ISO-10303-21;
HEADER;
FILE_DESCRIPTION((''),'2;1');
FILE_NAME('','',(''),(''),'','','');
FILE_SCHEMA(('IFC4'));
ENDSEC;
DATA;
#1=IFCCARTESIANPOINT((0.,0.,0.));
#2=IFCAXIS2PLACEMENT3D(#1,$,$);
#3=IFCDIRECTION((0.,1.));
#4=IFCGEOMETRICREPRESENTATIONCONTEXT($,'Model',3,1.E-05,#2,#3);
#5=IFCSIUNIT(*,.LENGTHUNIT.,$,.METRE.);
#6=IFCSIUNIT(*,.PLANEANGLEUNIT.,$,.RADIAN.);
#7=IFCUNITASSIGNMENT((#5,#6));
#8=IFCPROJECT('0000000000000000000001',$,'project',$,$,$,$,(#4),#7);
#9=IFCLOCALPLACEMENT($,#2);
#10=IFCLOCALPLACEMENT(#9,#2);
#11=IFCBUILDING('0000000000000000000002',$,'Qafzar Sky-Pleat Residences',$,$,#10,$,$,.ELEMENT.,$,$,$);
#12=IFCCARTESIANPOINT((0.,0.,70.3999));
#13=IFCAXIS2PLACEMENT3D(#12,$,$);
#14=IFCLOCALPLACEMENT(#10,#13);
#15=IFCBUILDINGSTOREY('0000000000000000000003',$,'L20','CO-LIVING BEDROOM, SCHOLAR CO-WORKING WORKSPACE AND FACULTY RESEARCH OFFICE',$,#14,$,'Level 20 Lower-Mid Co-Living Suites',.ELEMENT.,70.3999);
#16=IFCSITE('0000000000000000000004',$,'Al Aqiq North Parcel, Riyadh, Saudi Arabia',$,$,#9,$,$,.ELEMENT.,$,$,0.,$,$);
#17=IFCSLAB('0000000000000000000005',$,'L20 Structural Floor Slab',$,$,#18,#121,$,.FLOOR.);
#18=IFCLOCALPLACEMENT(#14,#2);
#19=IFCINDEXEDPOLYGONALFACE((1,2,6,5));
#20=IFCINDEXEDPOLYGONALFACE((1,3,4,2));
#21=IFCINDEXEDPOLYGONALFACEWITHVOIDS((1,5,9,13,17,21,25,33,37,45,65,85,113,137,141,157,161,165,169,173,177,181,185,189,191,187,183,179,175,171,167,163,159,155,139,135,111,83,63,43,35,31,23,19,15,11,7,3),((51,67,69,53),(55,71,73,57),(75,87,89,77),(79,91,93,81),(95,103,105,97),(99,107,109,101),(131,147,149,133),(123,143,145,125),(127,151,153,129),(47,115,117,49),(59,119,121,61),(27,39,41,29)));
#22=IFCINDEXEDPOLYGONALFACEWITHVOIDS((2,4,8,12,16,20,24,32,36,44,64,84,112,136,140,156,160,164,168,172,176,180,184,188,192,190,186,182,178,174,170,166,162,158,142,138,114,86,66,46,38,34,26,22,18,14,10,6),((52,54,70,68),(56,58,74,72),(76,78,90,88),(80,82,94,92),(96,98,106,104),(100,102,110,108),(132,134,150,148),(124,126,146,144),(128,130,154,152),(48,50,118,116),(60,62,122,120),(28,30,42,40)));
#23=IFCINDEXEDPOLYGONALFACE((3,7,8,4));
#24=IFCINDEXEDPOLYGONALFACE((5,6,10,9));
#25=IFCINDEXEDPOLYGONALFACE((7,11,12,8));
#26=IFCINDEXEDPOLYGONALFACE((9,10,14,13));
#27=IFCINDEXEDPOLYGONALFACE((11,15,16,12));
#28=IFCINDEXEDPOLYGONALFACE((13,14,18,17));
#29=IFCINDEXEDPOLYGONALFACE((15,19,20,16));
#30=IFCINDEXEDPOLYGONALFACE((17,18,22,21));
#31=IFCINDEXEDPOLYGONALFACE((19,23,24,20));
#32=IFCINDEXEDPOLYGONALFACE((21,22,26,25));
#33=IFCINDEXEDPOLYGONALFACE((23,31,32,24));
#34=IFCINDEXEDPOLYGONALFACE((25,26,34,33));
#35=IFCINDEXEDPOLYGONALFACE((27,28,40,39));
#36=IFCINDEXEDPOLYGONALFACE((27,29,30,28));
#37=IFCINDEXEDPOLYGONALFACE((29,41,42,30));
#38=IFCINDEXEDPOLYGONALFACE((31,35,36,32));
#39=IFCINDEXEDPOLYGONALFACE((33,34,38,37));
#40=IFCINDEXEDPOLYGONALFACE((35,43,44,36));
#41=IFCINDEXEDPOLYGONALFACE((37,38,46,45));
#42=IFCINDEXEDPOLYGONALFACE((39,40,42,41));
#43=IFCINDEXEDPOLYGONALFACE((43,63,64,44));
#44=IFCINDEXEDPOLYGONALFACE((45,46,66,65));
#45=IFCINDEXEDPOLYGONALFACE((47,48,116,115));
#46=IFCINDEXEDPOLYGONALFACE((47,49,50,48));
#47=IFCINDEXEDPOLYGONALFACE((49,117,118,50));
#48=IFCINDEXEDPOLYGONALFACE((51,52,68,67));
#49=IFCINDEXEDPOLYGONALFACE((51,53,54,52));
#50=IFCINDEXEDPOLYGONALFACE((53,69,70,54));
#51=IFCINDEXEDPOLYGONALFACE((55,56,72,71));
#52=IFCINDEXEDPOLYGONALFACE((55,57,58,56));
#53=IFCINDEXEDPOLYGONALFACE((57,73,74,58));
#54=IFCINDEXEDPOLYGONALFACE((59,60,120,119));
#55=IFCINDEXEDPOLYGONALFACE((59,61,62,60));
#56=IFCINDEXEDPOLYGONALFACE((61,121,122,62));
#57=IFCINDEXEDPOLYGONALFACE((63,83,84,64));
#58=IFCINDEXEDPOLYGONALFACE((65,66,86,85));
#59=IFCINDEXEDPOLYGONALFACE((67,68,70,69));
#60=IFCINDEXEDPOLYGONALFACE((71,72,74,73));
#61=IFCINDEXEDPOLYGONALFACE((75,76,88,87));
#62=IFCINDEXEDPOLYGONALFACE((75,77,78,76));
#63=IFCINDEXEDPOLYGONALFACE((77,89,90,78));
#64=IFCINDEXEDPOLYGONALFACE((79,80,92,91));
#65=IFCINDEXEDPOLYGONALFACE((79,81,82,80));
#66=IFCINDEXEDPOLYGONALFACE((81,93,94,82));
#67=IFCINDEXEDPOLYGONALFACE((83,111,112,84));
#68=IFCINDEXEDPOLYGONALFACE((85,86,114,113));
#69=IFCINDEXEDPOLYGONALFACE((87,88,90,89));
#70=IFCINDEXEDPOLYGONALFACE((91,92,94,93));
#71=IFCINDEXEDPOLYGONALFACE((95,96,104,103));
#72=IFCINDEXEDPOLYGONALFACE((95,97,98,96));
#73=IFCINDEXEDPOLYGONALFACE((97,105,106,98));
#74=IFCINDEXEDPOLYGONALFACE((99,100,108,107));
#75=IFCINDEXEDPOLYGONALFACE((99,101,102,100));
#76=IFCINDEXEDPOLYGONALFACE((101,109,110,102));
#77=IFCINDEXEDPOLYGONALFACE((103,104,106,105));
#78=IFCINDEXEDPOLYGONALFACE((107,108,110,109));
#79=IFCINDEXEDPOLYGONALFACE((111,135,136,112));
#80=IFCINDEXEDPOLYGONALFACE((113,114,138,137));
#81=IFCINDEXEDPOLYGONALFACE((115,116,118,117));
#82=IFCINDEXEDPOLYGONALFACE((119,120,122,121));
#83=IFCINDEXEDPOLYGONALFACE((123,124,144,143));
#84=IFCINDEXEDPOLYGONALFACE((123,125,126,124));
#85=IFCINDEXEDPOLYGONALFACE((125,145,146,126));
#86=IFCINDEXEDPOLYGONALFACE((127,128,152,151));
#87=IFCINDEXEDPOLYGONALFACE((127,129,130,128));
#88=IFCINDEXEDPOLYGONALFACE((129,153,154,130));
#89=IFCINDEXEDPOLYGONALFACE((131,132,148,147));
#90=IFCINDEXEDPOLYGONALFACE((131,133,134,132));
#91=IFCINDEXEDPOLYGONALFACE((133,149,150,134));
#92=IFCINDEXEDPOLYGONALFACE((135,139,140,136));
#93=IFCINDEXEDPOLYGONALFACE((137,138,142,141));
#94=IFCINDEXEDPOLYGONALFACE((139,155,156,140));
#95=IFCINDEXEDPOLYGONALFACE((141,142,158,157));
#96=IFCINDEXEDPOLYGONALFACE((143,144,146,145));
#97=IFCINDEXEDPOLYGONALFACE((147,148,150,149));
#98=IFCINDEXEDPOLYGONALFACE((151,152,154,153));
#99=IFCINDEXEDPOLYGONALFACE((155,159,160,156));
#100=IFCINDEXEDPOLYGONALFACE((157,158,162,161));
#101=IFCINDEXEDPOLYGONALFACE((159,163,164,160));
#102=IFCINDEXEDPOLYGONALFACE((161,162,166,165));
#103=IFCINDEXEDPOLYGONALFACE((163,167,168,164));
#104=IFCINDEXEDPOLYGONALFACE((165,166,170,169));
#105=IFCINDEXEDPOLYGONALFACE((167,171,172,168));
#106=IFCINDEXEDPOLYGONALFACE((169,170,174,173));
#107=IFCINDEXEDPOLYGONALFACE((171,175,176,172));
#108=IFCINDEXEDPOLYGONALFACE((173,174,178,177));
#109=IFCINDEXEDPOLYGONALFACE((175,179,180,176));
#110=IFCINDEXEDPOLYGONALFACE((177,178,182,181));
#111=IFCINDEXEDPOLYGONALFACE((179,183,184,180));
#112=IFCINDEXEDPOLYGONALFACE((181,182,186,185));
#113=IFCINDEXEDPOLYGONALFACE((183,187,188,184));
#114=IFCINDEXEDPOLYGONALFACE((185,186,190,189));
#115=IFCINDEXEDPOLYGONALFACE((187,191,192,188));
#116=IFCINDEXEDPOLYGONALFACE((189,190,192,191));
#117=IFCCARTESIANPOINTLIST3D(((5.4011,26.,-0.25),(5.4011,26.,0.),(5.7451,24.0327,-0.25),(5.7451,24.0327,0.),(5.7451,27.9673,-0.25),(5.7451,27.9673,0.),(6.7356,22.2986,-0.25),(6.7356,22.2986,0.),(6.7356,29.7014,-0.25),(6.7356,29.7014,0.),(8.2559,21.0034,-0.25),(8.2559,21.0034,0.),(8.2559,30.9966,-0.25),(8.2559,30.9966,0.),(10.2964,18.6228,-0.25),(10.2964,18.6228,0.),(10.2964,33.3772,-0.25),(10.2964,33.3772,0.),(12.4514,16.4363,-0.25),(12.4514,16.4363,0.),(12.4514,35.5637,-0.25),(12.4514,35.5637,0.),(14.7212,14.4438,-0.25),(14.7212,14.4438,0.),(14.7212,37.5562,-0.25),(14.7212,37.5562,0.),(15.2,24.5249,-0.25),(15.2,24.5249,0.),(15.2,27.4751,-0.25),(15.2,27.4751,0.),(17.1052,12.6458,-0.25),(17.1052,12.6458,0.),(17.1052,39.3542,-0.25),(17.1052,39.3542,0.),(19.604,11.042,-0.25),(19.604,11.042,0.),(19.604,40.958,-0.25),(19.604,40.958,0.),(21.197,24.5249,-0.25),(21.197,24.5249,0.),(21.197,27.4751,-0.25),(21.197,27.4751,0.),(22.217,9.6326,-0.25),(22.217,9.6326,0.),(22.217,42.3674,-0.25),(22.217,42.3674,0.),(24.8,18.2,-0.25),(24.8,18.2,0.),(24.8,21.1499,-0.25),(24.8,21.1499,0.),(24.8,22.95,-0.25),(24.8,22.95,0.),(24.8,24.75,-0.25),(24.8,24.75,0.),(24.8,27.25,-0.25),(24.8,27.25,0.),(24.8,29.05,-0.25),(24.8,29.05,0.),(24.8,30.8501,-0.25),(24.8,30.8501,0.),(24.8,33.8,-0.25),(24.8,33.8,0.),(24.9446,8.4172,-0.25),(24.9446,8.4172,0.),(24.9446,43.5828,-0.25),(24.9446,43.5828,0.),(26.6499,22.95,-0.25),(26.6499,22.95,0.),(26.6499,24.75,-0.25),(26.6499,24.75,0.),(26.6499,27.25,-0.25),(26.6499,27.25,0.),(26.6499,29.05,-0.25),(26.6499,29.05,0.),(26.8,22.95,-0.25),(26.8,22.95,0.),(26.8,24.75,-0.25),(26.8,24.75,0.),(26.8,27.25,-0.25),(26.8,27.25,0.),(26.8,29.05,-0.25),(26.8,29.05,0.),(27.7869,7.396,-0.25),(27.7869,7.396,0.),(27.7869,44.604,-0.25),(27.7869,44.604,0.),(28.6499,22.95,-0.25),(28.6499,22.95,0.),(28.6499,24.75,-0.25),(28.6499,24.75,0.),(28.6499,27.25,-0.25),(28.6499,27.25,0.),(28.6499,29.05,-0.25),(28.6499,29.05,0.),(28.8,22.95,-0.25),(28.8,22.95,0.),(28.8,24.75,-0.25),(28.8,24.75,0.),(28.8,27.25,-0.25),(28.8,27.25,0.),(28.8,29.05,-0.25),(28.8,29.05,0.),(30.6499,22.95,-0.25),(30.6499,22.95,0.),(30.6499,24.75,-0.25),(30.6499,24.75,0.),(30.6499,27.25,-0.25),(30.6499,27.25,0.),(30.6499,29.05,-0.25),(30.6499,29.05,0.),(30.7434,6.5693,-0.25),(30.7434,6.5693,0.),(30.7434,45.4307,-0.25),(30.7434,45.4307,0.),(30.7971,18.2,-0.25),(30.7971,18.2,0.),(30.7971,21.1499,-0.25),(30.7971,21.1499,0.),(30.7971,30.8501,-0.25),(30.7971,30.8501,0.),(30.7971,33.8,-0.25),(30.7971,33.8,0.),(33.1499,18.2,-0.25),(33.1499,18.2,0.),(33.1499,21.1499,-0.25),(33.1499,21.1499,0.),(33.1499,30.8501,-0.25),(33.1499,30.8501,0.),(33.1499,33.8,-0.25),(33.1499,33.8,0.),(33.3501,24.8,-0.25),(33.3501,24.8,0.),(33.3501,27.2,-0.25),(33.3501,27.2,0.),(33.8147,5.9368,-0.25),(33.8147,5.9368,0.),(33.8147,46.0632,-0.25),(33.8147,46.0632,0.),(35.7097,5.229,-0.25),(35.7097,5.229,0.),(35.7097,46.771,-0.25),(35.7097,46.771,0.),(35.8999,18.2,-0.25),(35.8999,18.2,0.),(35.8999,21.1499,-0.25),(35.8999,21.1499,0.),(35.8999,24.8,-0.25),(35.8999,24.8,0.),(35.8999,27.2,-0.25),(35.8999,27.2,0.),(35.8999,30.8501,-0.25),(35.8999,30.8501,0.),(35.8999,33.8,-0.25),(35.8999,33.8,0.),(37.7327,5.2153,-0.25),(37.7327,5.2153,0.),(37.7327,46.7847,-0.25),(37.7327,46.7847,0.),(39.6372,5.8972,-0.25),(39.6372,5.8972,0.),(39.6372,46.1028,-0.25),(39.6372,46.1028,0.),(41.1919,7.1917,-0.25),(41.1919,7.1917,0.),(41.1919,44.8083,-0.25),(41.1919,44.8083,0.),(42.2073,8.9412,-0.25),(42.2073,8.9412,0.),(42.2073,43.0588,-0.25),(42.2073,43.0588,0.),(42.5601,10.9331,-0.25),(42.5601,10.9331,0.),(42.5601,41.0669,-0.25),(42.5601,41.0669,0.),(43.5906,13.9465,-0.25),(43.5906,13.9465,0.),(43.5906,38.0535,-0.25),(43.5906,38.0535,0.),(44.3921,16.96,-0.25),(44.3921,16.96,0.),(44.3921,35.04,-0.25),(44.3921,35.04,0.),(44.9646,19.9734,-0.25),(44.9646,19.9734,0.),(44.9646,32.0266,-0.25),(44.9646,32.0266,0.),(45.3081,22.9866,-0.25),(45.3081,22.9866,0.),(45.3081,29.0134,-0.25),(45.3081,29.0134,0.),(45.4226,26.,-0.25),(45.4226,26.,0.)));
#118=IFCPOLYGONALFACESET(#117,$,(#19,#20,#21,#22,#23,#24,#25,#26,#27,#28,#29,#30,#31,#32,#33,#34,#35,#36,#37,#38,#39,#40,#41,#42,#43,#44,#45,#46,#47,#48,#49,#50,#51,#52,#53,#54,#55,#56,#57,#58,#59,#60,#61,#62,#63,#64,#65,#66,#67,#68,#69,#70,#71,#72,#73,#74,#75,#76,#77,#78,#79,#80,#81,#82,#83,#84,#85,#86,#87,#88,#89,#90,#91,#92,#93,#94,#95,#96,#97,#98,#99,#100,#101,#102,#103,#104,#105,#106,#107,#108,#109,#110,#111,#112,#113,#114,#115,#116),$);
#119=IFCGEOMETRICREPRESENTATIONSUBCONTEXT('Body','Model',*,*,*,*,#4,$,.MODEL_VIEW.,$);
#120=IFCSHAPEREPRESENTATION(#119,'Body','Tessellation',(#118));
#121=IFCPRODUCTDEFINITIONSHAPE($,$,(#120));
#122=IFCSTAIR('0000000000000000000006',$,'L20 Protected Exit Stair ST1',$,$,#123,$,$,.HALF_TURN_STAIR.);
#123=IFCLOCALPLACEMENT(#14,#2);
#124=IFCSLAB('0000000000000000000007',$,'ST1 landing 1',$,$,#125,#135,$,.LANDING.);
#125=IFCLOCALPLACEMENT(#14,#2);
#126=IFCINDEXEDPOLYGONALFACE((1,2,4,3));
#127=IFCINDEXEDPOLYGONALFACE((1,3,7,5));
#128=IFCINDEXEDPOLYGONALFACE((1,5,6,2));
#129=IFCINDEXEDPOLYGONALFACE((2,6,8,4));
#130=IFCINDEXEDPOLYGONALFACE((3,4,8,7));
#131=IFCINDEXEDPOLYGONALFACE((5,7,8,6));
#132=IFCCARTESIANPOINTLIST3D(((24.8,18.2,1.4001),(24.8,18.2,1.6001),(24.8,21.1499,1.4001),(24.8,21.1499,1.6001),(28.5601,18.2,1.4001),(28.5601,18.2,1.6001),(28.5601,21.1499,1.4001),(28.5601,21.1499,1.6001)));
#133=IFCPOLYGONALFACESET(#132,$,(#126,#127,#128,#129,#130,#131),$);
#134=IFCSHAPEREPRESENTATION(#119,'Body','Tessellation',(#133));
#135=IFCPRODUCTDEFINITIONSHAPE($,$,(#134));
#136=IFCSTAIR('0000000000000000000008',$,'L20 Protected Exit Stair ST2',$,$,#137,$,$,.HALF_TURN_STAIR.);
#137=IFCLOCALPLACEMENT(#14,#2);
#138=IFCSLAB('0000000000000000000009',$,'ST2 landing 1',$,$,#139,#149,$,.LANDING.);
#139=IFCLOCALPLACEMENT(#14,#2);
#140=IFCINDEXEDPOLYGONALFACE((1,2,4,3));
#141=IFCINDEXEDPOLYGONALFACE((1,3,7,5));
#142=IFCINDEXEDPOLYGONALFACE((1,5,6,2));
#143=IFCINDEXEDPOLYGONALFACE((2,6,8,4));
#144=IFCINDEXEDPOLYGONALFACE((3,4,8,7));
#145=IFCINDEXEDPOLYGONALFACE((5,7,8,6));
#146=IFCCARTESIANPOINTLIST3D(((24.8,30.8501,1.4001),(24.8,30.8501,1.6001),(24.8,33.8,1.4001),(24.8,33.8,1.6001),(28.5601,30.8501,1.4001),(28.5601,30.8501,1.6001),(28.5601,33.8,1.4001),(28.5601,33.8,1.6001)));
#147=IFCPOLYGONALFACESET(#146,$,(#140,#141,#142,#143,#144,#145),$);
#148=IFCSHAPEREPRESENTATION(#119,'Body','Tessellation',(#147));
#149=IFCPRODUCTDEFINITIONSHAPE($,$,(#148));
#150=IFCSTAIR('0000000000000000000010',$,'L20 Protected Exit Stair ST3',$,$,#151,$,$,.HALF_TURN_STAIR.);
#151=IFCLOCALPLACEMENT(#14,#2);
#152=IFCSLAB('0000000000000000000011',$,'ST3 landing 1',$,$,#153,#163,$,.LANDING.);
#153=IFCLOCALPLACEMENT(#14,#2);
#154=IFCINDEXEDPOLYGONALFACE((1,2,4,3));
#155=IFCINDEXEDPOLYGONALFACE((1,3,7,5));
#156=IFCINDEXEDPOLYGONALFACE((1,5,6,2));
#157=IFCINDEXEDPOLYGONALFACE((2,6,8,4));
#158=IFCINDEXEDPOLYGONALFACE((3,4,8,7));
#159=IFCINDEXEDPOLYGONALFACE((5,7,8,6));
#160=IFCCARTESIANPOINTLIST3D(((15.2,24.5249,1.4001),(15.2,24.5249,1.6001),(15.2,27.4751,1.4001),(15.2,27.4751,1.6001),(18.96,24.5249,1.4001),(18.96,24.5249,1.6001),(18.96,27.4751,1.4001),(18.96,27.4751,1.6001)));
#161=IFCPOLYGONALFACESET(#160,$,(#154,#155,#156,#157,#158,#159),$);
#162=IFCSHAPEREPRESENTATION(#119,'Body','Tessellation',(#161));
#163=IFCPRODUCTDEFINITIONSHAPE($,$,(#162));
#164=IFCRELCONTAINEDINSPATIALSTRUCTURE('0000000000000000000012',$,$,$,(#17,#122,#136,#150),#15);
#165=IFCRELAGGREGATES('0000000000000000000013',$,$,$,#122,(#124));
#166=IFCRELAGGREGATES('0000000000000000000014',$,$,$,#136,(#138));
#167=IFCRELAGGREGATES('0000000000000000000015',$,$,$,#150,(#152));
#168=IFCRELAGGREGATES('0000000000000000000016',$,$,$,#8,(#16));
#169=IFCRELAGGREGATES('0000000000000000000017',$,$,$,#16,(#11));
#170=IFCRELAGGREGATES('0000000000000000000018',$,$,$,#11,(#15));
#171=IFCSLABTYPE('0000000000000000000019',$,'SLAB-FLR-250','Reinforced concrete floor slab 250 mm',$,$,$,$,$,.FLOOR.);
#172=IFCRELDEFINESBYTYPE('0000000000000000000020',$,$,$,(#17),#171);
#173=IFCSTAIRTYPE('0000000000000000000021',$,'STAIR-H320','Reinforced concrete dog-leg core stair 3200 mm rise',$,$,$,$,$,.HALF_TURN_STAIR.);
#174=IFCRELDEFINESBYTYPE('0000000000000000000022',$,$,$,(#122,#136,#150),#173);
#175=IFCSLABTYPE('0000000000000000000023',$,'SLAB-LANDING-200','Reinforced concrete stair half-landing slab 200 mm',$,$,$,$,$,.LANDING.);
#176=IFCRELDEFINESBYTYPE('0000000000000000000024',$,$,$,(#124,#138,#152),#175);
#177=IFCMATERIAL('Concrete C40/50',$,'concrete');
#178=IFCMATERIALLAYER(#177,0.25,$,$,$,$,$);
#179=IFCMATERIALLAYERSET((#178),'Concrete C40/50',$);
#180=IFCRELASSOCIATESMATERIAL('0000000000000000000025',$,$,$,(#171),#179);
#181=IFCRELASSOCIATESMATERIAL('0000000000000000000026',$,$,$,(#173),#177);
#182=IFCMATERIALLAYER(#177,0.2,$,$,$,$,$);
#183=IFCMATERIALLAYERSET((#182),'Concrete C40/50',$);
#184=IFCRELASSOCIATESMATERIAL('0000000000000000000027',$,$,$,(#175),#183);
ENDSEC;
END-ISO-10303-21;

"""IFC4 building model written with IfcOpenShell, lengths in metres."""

from ifc_helpers import new_model, si_unit, direction, frame, origin, place, context, subcontext, project, spatial, polyline, outline, extrude, material, layer, layer_set, type_object, element, aggregate, save


model = new_model("IFC4")

# Units and contexts
model_context = context("Model", 3, precision=1e-05, world=origin(), true_north=direction((0.0, 1.0)))
body_context = subcontext(model_context, "Body", "Model", "MODEL_VIEW")
ifc_project = project(units=[si_unit("LENGTHUNIT", "METRE"), si_unit("PLANEANGLEUNIT", "RADIAN")], contexts=[model_context])

# Site, building, storey
site_placement = place(None, origin())
site = spatial("IfcSite", under=ifc_project, at=site_placement, Name="Al Aqiq North Parcel, Riyadh, Saudi Arabia", CompositionType="ELEMENT", RefElevation=0.0)
building_placement = place(site_placement, origin())
building = spatial("IfcBuilding", under=site, at=building_placement, Name="Qafzar Sky-Pleat Residences", CompositionType="ELEMENT")
storey_placement = place(building_placement, frame((0.0, 0.0, 70.3999)))
storey = spatial("IfcBuildingStorey", under=building, at=storey_placement, Name="L20", Description="CO-LIVING BEDROOM, SCHOLAR CO-WORKING WORKSPACE AND FACULTY RESEARCH OFFICE", LongName="Level 20 Lower-Mid Co-Living Suites", CompositionType="ELEMENT", Elevation=70.3999)

# Slab
ifc_material_1 = material(Name="Concrete C40/50", Category="concrete")
ifc_layer_1 = layer(ifc_material_1, 0.25)
ifc_layer_set_1 = layer_set([ifc_layer_1], Name="Concrete C40/50")
slab_type_1 = type_object("IfcSlabType", Name="SLAB-FLR-250", Description="Reinforced concrete floor slab 250 mm", PredefinedType="FLOOR", material=ifc_layer_set_1)
slab_1_placement = place(storey_placement, frame((0.0, 0.0, -0.25)))
element("IfcSlab", 1, at=slab_1_placement, inside=storey, type_object=slab_type_1, Name="L20 Structural Floor Slab", PredefinedType="FLOOR", context=body_context, shape_type="SweptSolid", body=[
    extrude(outline(polyline([(8.2559, 30.9966), (6.7356, 29.7014), (5.7451, 27.9673), (5.4011, 26.0), (5.7451, 24.0327), (6.7356, 22.2986), (8.2559, 21.0034), (10.2964, 18.6228), (12.4514, 16.4363), (14.7212, 14.4438), (17.1052, 12.6458), (19.604, 11.042), (22.217, 9.6326), (24.9446, 8.4172), (27.7869, 7.396), (30.7434, 6.5693), (33.8147, 5.9368), (35.7097, 5.229), (37.7327, 5.2153), (39.6372, 5.8972), (41.1919, 7.1917), (42.2073, 8.9412), (42.5601, 10.9331), (43.5906, 13.9465), (44.3921, 16.96), (44.9646, 19.9734), (45.3081, 22.9866), (45.4226, 26.0), (45.3081, 29.0134), (44.9646, 32.0266), (44.3921, 35.04), (43.5906, 38.0535), (42.5601, 41.0669), (42.2073, 43.0588), (41.1919, 44.8083), (39.6372, 46.1028), (37.7327, 46.7847), (35.7097, 46.771), (33.8147, 46.0632), (30.7434, 45.4307), (27.7869, 44.604), (24.9446, 43.5828), (22.217, 42.3674), (19.604, 40.958), (17.1052, 39.3542), (14.7212, 37.5562), (12.4514, 35.5637), (10.2964, 33.3772), (8.2559, 30.9966)]), holes=[polyline([(30.7971, 21.1499), (24.8, 21.1499), (24.8, 18.2), (30.7971, 18.2), (30.7971, 21.1499)]), polyline([(30.7971, 33.8), (24.8, 33.8), (24.8, 30.8501), (30.7971, 30.8501), (30.7971, 33.8)]), polyline([(21.197, 27.4751), (15.2, 27.4751), (15.2, 24.5249), (21.197, 24.5249), (21.197, 27.4751)]), polyline([(24.8, 22.95), (26.6499, 22.95), (26.6499, 24.75), (24.8, 24.75), (24.8, 22.95)]), polyline([(26.8, 22.95), (28.6499, 22.95), (28.6499, 24.75), (26.8, 24.75), (26.8, 22.95)]), polyline([(28.8, 22.95), (30.6499, 22.95), (30.6499, 24.75), (28.8, 24.75), (28.8, 22.95)]), polyline([(24.8, 27.25), (26.6499, 27.25), (26.6499, 29.05), (24.8, 29.05), (24.8, 27.25)]), polyline([(26.8, 27.25), (28.6499, 27.25), (28.6499, 29.05), (26.8, 29.05), (26.8, 27.25)]), polyline([(28.8, 27.25), (30.6499, 27.25), (30.6499, 29.05), (28.8, 29.05), (28.8, 27.25)]), polyline([(33.1499, 18.2), (35.8999, 18.2), (35.8999, 21.1499), (33.1499, 21.1499), (33.1499, 18.2)]), polyline([(33.1499, 30.8501), (35.8999, 30.8501), (35.8999, 33.8), (33.1499, 33.8), (33.1499, 30.8501)]), polyline([(33.3501, 24.8), (35.8999, 24.8), (35.8999, 27.2), (33.3501, 27.2), (33.3501, 24.8)])]), origin(), (0.0, 0.0, 1.0), 0.25),
])

# Stairs, slabs
stair_type = type_object("IfcStairType", Name="STAIR-H320", Description="Reinforced concrete dog-leg core stair 3200 mm rise", PredefinedType="HALF_TURN_STAIR", material=ifc_material_1)
stair_1_placement = place(storey_placement, origin())
stair_1 = element("IfcStair", 2, at=stair_1_placement, inside=storey, type_object=stair_type, Name="L20 Protected Exit Stair ST1", PredefinedType="HALF_TURN_STAIR")
ifc_layer_2 = layer(ifc_material_1, 0.2)
ifc_layer_set_2 = layer_set([ifc_layer_2], Name="Concrete C40/50")
slab_type_2 = type_object("IfcSlabType", Name="SLAB-LANDING-200", Description="Reinforced concrete stair half-landing slab 200 mm", PredefinedType="LANDING", material=ifc_layer_set_2)
slab_2_placement = place(storey_placement, frame((0.0, 0.0, 1.4001)))
slab_2 = element("IfcSlab", 3, at=slab_2_placement, type_object=slab_type_2, Name="ST1 landing 1", PredefinedType="LANDING", context=body_context, shape_type="SweptSolid", body=[
    extrude(outline(polyline([(28.5601, 21.1499), (24.8, 21.1499), (24.8, 18.2), (28.5601, 18.2), (28.5601, 21.1499)])), origin(), (0.0, 0.0, 1.0), 0.2),
])
aggregate(stair_1, [slab_2])
stair_2_placement = place(storey_placement, origin())
stair_2 = element("IfcStair", 4, at=stair_2_placement, inside=storey, type_object=stair_type, Name="L20 Protected Exit Stair ST2", PredefinedType="HALF_TURN_STAIR")
slab_3_placement = place(storey_placement, frame((0.0, 0.0, 1.4001)))
slab_3 = element("IfcSlab", 5, at=slab_3_placement, type_object=slab_type_2, Name="ST2 landing 1", PredefinedType="LANDING", context=body_context, shape_type="SweptSolid", body=[
    extrude(outline(polyline([(28.5601, 33.8), (24.8, 33.8), (24.8, 30.8501), (28.5601, 30.8501), (28.5601, 33.8)])), origin(), (0.0, 0.0, 1.0), 0.2),
])
aggregate(stair_2, [slab_3])
stair_3_placement = place(storey_placement, origin())
stair_3 = element("IfcStair", 6, at=stair_3_placement, inside=storey, type_object=stair_type, Name="L20 Protected Exit Stair ST3", PredefinedType="HALF_TURN_STAIR")
slab_4_placement = place(storey_placement, frame((0.0, 0.0, 1.4001)))
slab_4 = element("IfcSlab", 7, at=slab_4_placement, type_object=slab_type_2, Name="ST3 landing 1", PredefinedType="LANDING", context=body_context, shape_type="SweptSolid", body=[
    extrude(outline(polyline([(18.96, 27.4751), (15.2, 27.4751), (15.2, 24.5249), (18.96, 24.5249), (18.96, 27.4751)])), origin(), (0.0, 0.0, 1.0), 0.2),
])
aggregate(stair_3, [slab_4])

save(model, "model.ifc")
